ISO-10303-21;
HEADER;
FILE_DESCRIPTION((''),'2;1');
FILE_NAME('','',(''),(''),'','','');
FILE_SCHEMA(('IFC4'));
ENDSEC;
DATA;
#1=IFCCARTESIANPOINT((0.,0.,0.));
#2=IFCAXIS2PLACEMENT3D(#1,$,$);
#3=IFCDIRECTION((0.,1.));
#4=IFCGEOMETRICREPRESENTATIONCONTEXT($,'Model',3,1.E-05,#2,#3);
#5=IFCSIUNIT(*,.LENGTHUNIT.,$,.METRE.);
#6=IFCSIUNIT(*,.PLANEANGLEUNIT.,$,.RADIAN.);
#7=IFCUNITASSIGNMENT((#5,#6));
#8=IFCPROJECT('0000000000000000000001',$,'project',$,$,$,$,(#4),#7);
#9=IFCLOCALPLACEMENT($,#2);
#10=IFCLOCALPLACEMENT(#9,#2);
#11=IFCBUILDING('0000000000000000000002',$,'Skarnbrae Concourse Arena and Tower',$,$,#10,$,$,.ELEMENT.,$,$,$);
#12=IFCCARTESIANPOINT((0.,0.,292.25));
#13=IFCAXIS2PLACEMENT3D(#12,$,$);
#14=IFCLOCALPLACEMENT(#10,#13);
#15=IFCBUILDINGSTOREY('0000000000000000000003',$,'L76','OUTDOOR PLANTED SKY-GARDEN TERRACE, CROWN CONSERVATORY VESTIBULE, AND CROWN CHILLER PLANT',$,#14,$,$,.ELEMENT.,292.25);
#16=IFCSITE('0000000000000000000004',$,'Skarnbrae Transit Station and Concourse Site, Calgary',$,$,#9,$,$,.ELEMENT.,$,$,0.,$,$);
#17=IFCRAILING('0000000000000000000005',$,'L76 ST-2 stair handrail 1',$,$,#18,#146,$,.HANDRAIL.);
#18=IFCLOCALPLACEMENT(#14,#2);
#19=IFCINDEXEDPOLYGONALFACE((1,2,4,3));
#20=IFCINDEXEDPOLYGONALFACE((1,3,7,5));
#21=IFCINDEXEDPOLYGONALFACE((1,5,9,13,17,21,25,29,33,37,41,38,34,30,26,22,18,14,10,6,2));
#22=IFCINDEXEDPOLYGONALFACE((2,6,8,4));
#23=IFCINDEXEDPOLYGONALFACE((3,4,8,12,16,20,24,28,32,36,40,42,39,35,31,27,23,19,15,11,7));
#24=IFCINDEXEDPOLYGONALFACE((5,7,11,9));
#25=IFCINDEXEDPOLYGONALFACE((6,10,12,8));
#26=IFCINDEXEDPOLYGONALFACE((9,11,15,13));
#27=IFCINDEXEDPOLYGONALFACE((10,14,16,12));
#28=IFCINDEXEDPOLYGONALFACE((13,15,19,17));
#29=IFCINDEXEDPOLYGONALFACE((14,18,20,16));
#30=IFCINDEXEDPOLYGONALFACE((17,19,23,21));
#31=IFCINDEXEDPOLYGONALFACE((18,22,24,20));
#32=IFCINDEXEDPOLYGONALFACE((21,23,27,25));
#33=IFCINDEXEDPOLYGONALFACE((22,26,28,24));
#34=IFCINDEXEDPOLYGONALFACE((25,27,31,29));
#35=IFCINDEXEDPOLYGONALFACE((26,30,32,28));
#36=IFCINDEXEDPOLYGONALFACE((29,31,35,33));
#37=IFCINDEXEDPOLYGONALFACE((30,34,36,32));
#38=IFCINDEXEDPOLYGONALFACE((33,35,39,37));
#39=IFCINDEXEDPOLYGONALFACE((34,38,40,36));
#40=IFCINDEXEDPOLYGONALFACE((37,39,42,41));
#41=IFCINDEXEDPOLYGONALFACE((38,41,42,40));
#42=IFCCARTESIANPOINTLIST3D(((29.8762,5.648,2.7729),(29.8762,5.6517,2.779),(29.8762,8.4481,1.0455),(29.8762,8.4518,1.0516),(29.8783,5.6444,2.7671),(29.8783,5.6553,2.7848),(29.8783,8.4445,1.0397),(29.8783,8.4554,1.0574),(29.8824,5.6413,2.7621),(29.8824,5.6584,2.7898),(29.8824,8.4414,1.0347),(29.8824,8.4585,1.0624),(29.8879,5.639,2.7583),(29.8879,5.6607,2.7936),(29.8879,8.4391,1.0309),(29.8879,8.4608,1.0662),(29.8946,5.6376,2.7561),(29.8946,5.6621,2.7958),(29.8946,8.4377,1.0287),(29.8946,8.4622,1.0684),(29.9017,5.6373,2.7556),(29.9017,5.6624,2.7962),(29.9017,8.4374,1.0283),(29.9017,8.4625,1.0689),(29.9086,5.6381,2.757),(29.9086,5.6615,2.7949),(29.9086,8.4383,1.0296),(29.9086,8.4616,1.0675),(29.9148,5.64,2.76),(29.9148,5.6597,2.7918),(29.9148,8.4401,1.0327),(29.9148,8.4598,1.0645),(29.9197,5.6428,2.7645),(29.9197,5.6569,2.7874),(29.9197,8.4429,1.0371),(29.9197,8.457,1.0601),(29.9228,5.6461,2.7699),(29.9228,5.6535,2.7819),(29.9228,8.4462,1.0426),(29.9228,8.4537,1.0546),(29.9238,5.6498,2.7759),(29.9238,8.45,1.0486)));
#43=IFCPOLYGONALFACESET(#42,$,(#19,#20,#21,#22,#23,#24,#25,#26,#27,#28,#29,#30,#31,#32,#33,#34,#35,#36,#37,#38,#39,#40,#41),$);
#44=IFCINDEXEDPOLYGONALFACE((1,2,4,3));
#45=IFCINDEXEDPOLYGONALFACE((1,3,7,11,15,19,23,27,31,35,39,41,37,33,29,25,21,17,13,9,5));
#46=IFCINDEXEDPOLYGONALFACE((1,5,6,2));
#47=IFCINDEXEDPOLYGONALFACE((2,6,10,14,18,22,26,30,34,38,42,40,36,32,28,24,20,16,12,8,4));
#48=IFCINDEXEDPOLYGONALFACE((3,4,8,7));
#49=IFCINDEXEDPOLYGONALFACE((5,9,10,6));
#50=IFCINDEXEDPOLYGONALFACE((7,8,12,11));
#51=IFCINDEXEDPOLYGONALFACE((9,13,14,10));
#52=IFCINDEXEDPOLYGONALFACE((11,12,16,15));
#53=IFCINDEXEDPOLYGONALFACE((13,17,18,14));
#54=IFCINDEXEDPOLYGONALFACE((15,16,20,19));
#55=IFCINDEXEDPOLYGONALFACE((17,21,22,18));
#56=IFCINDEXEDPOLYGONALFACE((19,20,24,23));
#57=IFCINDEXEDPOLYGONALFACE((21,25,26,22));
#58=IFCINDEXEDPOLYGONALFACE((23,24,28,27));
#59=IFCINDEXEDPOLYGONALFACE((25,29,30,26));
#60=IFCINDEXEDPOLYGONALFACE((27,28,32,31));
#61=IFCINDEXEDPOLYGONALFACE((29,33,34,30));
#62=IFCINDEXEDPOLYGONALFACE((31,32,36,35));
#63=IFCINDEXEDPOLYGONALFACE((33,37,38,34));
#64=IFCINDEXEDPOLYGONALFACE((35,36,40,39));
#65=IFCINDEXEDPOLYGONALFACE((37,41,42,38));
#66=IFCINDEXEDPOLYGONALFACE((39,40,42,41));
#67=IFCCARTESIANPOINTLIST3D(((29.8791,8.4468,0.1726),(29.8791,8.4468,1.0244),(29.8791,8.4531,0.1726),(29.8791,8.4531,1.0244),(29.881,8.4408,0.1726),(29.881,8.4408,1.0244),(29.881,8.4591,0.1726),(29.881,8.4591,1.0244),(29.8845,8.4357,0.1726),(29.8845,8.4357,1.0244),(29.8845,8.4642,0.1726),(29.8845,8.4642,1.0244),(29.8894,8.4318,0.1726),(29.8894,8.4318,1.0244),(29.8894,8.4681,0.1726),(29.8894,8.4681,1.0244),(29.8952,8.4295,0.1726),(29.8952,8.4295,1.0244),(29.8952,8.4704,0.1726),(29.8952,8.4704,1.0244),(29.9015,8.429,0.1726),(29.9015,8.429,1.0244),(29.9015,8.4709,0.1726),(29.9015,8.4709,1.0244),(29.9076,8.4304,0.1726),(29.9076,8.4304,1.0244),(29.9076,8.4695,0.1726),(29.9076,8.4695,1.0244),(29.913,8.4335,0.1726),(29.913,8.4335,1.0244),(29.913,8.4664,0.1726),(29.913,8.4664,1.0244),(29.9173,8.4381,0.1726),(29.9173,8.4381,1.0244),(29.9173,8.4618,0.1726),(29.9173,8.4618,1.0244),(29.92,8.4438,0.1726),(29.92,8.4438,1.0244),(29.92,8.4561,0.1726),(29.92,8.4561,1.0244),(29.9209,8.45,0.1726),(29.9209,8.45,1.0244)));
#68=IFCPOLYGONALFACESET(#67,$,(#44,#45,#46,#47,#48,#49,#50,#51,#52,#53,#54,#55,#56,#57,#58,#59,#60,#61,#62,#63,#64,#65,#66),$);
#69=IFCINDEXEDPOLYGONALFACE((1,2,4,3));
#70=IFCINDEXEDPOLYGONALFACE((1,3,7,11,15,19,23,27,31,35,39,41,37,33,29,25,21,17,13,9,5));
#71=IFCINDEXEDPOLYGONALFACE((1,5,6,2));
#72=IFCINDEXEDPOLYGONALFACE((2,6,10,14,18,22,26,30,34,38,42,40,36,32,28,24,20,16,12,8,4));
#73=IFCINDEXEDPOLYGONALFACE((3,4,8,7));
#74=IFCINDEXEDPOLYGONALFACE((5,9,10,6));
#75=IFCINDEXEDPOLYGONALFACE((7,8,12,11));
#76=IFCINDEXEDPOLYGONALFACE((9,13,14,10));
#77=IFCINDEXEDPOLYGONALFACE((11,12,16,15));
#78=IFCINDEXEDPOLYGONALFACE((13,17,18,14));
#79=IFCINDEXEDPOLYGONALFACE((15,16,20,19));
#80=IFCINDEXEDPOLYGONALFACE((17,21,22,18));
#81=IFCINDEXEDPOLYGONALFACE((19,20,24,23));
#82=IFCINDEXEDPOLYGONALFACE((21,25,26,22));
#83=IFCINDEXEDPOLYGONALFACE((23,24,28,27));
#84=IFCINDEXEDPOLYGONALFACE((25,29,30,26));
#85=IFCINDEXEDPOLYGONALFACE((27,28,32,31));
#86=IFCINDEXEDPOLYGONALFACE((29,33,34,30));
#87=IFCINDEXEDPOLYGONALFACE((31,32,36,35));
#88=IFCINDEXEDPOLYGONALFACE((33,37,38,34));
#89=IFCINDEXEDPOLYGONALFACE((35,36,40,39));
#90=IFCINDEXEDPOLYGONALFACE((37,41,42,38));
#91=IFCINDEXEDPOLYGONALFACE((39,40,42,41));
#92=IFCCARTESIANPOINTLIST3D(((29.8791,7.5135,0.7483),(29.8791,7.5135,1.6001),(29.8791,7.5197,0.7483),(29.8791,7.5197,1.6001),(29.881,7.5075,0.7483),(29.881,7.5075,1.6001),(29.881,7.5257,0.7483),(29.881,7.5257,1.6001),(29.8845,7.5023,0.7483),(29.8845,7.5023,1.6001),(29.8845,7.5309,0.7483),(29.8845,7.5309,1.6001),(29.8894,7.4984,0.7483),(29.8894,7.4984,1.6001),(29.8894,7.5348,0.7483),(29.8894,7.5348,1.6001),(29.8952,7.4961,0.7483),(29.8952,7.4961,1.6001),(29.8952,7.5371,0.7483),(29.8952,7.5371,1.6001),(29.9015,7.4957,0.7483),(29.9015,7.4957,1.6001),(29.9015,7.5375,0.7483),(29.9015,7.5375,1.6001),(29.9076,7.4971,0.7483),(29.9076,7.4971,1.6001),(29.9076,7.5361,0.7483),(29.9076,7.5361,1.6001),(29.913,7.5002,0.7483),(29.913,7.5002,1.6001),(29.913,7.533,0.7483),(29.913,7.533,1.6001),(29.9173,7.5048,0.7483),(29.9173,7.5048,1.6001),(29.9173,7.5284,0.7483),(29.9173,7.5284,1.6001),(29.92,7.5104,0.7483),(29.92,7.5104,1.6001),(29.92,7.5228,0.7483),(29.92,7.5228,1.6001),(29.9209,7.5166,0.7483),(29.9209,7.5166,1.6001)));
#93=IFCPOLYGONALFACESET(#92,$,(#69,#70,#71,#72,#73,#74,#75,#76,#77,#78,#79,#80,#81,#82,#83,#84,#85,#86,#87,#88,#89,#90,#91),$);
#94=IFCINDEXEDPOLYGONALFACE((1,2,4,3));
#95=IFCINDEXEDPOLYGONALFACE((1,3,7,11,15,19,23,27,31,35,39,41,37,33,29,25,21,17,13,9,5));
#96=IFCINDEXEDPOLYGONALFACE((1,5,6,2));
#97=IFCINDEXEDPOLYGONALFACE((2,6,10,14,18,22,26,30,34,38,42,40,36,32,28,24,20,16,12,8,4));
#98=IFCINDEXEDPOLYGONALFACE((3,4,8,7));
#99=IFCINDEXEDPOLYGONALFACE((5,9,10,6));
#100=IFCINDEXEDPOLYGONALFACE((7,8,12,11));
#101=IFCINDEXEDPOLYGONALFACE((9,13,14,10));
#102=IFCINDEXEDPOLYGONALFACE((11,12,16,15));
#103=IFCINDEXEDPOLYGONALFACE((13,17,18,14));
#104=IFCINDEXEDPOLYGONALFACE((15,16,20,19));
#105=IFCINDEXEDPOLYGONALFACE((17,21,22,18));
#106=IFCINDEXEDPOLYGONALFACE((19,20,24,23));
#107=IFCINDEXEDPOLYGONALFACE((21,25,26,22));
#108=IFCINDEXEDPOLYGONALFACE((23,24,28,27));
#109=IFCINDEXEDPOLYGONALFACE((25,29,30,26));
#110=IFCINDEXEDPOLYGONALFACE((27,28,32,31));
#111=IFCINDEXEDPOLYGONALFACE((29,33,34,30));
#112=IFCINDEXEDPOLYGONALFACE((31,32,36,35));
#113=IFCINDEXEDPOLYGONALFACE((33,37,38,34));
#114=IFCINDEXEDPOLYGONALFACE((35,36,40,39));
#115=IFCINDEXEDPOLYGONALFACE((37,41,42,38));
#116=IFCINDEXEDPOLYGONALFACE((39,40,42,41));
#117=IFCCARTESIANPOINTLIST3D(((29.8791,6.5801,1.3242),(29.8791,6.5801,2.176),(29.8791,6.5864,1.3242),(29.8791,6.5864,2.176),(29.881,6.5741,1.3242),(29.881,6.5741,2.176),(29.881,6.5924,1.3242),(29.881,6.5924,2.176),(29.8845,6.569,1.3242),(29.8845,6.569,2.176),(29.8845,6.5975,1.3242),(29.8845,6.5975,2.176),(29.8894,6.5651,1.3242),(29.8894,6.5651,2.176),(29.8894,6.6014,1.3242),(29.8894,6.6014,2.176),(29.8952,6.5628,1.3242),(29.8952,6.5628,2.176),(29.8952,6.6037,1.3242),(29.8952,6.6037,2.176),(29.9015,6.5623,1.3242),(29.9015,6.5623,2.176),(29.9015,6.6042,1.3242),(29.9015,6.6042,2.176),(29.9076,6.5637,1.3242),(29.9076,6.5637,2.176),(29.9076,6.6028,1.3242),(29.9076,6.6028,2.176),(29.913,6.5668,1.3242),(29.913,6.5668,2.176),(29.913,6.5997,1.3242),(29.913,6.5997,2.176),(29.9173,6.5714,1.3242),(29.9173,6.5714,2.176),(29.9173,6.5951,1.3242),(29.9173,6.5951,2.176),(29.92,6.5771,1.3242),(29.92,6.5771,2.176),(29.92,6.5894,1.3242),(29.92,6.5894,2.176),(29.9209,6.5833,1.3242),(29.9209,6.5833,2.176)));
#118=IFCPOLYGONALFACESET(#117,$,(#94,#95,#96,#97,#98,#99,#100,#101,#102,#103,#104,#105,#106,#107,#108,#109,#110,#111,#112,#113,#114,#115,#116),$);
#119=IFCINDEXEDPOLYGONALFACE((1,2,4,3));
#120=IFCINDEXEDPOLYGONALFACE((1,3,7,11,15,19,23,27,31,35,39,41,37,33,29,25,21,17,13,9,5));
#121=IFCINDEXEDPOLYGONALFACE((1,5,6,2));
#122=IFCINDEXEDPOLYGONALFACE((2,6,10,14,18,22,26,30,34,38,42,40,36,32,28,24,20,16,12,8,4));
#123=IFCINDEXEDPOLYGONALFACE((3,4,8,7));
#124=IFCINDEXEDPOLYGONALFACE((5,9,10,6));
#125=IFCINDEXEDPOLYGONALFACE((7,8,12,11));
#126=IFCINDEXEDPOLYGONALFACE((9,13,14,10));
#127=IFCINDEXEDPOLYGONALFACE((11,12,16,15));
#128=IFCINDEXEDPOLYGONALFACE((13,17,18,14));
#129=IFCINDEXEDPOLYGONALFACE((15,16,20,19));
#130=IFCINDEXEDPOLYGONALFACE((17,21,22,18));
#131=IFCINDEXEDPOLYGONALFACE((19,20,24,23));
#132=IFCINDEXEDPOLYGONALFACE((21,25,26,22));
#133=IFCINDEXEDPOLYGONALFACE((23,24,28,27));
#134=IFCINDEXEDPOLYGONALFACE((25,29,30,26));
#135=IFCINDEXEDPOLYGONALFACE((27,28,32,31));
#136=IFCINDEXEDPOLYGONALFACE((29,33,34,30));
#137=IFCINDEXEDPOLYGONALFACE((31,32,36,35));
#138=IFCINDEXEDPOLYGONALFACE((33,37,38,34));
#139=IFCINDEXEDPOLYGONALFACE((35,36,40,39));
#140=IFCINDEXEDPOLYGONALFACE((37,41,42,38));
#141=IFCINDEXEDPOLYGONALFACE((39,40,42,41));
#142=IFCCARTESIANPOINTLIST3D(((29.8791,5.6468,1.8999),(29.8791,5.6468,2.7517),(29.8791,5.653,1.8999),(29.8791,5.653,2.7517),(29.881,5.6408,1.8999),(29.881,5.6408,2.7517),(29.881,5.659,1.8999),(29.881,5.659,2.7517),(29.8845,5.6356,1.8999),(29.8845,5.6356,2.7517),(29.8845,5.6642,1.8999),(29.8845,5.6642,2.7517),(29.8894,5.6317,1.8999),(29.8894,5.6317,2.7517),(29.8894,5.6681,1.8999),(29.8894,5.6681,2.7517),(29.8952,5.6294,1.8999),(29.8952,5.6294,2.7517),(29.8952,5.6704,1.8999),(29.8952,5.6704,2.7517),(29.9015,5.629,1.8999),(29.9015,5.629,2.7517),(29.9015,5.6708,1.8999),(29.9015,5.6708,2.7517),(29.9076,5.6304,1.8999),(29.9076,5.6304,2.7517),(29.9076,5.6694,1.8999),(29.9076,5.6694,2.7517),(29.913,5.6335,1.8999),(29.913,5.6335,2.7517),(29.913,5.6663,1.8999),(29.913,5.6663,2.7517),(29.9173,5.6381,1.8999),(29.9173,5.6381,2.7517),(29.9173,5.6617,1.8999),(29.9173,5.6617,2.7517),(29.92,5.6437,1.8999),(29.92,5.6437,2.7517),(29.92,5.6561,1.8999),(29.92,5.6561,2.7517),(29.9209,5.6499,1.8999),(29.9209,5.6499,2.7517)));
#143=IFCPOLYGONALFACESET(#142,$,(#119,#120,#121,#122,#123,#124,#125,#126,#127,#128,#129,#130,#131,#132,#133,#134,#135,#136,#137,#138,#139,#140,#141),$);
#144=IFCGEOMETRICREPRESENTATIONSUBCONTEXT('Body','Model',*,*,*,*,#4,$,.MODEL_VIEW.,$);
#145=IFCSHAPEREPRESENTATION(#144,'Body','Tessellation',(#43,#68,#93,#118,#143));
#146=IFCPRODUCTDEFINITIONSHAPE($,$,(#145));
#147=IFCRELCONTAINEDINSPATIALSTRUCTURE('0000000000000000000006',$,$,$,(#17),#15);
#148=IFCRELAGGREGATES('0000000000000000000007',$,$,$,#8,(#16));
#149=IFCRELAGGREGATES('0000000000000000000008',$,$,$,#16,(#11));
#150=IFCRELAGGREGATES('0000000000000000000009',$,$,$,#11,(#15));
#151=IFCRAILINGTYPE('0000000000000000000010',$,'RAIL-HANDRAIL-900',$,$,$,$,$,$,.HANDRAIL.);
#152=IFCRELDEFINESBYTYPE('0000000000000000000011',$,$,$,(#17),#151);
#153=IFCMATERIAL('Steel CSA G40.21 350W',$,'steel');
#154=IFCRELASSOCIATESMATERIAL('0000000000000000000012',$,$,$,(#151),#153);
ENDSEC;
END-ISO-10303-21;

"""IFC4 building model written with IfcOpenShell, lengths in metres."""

from ifc_helpers import new_model, si_unit, direction, frame, origin, origin_2d, place, context, subcontext, project, spatial, circle, extrude, material, type_object, element, save


model = new_model("IFC4")

# Units and contexts
model_context = context("Model", 3, precision=1e-05, world=origin(), true_north=direction((0.0, 1.0)))
body_context = subcontext(model_context, "Body", "Model", "MODEL_VIEW")
ifc_project = project(units=[si_unit("LENGTHUNIT", "METRE"), si_unit("PLANEANGLEUNIT", "RADIAN")], contexts=[model_context])

# Site, building, storey
site_placement = place(None, origin())
site = spatial("IfcSite", under=ifc_project, at=site_placement, Name="Skarnbrae Transit Station and Concourse Site, Calgary", CompositionType="ELEMENT", RefElevation=0.0)
building_placement = place(site_placement, origin())
building = spatial("IfcBuilding", under=site, at=building_placement, Name="Skarnbrae Concourse Arena and Tower", CompositionType="ELEMENT")
storey_placement = place(building_placement, frame((0.0, 0.0, 292.25)))
storey = spatial("IfcBuildingStorey", under=building, at=storey_placement, Name="L76", Description="OUTDOOR PLANTED SKY-GARDEN TERRACE, CROWN CONSERVATORY VESTIBULE, AND CROWN CHILLER PLANT", CompositionType="ELEMENT", Elevation=292.25)

# Shared definitions
ifc_material_1 = material(Name="Steel CSA G40.21 350W", Category="steel")

# Railing
railing_type = type_object("IfcRailingType", Name="RAIL-HANDRAIL-900", PredefinedType="HANDRAIL", material=ifc_material_1)
railing_placement = place(storey_placement, frame((29.8999, 8.45, 0.1726)))
element("IfcRailing", 1, at=railing_placement, inside=storey, type_object=railing_type, Name="L76 ST-2 stair handrail 1", PredefinedType="HANDRAIL", context=body_context, shape_type="SweptSolid", body=[
    extrude(circle(Radius=0.0239, at=origin_2d()), frame((0.0, 0.0, 0.876), z_axis=(0.0, -0.85109, 0.52502), x_axis=(1.0, 0.0, 0.0)), (0.0, 0.0, 1.0), 3.29),
    extrude(circle(Radius=0.021, at=origin_2d()), origin(), (0.0, 0.0, 1.0), 0.8518),
    extrude(circle(Radius=0.021, at=origin_2d()), frame((0.0, -0.9333, 0.5757)), (0.0, 0.0, 1.0), 0.8518),
    extrude(circle(Radius=0.021, at=origin_2d()), frame((0.0, -1.8667, 1.1516)), (0.0, 0.0, 1.0), 0.8518),
    extrude(circle(Radius=0.021, at=origin_2d()), frame((0.0, -2.8, 1.7273)), (0.0, 0.0, 1.0), 0.8518),
])

save(model, "model.ifc")
